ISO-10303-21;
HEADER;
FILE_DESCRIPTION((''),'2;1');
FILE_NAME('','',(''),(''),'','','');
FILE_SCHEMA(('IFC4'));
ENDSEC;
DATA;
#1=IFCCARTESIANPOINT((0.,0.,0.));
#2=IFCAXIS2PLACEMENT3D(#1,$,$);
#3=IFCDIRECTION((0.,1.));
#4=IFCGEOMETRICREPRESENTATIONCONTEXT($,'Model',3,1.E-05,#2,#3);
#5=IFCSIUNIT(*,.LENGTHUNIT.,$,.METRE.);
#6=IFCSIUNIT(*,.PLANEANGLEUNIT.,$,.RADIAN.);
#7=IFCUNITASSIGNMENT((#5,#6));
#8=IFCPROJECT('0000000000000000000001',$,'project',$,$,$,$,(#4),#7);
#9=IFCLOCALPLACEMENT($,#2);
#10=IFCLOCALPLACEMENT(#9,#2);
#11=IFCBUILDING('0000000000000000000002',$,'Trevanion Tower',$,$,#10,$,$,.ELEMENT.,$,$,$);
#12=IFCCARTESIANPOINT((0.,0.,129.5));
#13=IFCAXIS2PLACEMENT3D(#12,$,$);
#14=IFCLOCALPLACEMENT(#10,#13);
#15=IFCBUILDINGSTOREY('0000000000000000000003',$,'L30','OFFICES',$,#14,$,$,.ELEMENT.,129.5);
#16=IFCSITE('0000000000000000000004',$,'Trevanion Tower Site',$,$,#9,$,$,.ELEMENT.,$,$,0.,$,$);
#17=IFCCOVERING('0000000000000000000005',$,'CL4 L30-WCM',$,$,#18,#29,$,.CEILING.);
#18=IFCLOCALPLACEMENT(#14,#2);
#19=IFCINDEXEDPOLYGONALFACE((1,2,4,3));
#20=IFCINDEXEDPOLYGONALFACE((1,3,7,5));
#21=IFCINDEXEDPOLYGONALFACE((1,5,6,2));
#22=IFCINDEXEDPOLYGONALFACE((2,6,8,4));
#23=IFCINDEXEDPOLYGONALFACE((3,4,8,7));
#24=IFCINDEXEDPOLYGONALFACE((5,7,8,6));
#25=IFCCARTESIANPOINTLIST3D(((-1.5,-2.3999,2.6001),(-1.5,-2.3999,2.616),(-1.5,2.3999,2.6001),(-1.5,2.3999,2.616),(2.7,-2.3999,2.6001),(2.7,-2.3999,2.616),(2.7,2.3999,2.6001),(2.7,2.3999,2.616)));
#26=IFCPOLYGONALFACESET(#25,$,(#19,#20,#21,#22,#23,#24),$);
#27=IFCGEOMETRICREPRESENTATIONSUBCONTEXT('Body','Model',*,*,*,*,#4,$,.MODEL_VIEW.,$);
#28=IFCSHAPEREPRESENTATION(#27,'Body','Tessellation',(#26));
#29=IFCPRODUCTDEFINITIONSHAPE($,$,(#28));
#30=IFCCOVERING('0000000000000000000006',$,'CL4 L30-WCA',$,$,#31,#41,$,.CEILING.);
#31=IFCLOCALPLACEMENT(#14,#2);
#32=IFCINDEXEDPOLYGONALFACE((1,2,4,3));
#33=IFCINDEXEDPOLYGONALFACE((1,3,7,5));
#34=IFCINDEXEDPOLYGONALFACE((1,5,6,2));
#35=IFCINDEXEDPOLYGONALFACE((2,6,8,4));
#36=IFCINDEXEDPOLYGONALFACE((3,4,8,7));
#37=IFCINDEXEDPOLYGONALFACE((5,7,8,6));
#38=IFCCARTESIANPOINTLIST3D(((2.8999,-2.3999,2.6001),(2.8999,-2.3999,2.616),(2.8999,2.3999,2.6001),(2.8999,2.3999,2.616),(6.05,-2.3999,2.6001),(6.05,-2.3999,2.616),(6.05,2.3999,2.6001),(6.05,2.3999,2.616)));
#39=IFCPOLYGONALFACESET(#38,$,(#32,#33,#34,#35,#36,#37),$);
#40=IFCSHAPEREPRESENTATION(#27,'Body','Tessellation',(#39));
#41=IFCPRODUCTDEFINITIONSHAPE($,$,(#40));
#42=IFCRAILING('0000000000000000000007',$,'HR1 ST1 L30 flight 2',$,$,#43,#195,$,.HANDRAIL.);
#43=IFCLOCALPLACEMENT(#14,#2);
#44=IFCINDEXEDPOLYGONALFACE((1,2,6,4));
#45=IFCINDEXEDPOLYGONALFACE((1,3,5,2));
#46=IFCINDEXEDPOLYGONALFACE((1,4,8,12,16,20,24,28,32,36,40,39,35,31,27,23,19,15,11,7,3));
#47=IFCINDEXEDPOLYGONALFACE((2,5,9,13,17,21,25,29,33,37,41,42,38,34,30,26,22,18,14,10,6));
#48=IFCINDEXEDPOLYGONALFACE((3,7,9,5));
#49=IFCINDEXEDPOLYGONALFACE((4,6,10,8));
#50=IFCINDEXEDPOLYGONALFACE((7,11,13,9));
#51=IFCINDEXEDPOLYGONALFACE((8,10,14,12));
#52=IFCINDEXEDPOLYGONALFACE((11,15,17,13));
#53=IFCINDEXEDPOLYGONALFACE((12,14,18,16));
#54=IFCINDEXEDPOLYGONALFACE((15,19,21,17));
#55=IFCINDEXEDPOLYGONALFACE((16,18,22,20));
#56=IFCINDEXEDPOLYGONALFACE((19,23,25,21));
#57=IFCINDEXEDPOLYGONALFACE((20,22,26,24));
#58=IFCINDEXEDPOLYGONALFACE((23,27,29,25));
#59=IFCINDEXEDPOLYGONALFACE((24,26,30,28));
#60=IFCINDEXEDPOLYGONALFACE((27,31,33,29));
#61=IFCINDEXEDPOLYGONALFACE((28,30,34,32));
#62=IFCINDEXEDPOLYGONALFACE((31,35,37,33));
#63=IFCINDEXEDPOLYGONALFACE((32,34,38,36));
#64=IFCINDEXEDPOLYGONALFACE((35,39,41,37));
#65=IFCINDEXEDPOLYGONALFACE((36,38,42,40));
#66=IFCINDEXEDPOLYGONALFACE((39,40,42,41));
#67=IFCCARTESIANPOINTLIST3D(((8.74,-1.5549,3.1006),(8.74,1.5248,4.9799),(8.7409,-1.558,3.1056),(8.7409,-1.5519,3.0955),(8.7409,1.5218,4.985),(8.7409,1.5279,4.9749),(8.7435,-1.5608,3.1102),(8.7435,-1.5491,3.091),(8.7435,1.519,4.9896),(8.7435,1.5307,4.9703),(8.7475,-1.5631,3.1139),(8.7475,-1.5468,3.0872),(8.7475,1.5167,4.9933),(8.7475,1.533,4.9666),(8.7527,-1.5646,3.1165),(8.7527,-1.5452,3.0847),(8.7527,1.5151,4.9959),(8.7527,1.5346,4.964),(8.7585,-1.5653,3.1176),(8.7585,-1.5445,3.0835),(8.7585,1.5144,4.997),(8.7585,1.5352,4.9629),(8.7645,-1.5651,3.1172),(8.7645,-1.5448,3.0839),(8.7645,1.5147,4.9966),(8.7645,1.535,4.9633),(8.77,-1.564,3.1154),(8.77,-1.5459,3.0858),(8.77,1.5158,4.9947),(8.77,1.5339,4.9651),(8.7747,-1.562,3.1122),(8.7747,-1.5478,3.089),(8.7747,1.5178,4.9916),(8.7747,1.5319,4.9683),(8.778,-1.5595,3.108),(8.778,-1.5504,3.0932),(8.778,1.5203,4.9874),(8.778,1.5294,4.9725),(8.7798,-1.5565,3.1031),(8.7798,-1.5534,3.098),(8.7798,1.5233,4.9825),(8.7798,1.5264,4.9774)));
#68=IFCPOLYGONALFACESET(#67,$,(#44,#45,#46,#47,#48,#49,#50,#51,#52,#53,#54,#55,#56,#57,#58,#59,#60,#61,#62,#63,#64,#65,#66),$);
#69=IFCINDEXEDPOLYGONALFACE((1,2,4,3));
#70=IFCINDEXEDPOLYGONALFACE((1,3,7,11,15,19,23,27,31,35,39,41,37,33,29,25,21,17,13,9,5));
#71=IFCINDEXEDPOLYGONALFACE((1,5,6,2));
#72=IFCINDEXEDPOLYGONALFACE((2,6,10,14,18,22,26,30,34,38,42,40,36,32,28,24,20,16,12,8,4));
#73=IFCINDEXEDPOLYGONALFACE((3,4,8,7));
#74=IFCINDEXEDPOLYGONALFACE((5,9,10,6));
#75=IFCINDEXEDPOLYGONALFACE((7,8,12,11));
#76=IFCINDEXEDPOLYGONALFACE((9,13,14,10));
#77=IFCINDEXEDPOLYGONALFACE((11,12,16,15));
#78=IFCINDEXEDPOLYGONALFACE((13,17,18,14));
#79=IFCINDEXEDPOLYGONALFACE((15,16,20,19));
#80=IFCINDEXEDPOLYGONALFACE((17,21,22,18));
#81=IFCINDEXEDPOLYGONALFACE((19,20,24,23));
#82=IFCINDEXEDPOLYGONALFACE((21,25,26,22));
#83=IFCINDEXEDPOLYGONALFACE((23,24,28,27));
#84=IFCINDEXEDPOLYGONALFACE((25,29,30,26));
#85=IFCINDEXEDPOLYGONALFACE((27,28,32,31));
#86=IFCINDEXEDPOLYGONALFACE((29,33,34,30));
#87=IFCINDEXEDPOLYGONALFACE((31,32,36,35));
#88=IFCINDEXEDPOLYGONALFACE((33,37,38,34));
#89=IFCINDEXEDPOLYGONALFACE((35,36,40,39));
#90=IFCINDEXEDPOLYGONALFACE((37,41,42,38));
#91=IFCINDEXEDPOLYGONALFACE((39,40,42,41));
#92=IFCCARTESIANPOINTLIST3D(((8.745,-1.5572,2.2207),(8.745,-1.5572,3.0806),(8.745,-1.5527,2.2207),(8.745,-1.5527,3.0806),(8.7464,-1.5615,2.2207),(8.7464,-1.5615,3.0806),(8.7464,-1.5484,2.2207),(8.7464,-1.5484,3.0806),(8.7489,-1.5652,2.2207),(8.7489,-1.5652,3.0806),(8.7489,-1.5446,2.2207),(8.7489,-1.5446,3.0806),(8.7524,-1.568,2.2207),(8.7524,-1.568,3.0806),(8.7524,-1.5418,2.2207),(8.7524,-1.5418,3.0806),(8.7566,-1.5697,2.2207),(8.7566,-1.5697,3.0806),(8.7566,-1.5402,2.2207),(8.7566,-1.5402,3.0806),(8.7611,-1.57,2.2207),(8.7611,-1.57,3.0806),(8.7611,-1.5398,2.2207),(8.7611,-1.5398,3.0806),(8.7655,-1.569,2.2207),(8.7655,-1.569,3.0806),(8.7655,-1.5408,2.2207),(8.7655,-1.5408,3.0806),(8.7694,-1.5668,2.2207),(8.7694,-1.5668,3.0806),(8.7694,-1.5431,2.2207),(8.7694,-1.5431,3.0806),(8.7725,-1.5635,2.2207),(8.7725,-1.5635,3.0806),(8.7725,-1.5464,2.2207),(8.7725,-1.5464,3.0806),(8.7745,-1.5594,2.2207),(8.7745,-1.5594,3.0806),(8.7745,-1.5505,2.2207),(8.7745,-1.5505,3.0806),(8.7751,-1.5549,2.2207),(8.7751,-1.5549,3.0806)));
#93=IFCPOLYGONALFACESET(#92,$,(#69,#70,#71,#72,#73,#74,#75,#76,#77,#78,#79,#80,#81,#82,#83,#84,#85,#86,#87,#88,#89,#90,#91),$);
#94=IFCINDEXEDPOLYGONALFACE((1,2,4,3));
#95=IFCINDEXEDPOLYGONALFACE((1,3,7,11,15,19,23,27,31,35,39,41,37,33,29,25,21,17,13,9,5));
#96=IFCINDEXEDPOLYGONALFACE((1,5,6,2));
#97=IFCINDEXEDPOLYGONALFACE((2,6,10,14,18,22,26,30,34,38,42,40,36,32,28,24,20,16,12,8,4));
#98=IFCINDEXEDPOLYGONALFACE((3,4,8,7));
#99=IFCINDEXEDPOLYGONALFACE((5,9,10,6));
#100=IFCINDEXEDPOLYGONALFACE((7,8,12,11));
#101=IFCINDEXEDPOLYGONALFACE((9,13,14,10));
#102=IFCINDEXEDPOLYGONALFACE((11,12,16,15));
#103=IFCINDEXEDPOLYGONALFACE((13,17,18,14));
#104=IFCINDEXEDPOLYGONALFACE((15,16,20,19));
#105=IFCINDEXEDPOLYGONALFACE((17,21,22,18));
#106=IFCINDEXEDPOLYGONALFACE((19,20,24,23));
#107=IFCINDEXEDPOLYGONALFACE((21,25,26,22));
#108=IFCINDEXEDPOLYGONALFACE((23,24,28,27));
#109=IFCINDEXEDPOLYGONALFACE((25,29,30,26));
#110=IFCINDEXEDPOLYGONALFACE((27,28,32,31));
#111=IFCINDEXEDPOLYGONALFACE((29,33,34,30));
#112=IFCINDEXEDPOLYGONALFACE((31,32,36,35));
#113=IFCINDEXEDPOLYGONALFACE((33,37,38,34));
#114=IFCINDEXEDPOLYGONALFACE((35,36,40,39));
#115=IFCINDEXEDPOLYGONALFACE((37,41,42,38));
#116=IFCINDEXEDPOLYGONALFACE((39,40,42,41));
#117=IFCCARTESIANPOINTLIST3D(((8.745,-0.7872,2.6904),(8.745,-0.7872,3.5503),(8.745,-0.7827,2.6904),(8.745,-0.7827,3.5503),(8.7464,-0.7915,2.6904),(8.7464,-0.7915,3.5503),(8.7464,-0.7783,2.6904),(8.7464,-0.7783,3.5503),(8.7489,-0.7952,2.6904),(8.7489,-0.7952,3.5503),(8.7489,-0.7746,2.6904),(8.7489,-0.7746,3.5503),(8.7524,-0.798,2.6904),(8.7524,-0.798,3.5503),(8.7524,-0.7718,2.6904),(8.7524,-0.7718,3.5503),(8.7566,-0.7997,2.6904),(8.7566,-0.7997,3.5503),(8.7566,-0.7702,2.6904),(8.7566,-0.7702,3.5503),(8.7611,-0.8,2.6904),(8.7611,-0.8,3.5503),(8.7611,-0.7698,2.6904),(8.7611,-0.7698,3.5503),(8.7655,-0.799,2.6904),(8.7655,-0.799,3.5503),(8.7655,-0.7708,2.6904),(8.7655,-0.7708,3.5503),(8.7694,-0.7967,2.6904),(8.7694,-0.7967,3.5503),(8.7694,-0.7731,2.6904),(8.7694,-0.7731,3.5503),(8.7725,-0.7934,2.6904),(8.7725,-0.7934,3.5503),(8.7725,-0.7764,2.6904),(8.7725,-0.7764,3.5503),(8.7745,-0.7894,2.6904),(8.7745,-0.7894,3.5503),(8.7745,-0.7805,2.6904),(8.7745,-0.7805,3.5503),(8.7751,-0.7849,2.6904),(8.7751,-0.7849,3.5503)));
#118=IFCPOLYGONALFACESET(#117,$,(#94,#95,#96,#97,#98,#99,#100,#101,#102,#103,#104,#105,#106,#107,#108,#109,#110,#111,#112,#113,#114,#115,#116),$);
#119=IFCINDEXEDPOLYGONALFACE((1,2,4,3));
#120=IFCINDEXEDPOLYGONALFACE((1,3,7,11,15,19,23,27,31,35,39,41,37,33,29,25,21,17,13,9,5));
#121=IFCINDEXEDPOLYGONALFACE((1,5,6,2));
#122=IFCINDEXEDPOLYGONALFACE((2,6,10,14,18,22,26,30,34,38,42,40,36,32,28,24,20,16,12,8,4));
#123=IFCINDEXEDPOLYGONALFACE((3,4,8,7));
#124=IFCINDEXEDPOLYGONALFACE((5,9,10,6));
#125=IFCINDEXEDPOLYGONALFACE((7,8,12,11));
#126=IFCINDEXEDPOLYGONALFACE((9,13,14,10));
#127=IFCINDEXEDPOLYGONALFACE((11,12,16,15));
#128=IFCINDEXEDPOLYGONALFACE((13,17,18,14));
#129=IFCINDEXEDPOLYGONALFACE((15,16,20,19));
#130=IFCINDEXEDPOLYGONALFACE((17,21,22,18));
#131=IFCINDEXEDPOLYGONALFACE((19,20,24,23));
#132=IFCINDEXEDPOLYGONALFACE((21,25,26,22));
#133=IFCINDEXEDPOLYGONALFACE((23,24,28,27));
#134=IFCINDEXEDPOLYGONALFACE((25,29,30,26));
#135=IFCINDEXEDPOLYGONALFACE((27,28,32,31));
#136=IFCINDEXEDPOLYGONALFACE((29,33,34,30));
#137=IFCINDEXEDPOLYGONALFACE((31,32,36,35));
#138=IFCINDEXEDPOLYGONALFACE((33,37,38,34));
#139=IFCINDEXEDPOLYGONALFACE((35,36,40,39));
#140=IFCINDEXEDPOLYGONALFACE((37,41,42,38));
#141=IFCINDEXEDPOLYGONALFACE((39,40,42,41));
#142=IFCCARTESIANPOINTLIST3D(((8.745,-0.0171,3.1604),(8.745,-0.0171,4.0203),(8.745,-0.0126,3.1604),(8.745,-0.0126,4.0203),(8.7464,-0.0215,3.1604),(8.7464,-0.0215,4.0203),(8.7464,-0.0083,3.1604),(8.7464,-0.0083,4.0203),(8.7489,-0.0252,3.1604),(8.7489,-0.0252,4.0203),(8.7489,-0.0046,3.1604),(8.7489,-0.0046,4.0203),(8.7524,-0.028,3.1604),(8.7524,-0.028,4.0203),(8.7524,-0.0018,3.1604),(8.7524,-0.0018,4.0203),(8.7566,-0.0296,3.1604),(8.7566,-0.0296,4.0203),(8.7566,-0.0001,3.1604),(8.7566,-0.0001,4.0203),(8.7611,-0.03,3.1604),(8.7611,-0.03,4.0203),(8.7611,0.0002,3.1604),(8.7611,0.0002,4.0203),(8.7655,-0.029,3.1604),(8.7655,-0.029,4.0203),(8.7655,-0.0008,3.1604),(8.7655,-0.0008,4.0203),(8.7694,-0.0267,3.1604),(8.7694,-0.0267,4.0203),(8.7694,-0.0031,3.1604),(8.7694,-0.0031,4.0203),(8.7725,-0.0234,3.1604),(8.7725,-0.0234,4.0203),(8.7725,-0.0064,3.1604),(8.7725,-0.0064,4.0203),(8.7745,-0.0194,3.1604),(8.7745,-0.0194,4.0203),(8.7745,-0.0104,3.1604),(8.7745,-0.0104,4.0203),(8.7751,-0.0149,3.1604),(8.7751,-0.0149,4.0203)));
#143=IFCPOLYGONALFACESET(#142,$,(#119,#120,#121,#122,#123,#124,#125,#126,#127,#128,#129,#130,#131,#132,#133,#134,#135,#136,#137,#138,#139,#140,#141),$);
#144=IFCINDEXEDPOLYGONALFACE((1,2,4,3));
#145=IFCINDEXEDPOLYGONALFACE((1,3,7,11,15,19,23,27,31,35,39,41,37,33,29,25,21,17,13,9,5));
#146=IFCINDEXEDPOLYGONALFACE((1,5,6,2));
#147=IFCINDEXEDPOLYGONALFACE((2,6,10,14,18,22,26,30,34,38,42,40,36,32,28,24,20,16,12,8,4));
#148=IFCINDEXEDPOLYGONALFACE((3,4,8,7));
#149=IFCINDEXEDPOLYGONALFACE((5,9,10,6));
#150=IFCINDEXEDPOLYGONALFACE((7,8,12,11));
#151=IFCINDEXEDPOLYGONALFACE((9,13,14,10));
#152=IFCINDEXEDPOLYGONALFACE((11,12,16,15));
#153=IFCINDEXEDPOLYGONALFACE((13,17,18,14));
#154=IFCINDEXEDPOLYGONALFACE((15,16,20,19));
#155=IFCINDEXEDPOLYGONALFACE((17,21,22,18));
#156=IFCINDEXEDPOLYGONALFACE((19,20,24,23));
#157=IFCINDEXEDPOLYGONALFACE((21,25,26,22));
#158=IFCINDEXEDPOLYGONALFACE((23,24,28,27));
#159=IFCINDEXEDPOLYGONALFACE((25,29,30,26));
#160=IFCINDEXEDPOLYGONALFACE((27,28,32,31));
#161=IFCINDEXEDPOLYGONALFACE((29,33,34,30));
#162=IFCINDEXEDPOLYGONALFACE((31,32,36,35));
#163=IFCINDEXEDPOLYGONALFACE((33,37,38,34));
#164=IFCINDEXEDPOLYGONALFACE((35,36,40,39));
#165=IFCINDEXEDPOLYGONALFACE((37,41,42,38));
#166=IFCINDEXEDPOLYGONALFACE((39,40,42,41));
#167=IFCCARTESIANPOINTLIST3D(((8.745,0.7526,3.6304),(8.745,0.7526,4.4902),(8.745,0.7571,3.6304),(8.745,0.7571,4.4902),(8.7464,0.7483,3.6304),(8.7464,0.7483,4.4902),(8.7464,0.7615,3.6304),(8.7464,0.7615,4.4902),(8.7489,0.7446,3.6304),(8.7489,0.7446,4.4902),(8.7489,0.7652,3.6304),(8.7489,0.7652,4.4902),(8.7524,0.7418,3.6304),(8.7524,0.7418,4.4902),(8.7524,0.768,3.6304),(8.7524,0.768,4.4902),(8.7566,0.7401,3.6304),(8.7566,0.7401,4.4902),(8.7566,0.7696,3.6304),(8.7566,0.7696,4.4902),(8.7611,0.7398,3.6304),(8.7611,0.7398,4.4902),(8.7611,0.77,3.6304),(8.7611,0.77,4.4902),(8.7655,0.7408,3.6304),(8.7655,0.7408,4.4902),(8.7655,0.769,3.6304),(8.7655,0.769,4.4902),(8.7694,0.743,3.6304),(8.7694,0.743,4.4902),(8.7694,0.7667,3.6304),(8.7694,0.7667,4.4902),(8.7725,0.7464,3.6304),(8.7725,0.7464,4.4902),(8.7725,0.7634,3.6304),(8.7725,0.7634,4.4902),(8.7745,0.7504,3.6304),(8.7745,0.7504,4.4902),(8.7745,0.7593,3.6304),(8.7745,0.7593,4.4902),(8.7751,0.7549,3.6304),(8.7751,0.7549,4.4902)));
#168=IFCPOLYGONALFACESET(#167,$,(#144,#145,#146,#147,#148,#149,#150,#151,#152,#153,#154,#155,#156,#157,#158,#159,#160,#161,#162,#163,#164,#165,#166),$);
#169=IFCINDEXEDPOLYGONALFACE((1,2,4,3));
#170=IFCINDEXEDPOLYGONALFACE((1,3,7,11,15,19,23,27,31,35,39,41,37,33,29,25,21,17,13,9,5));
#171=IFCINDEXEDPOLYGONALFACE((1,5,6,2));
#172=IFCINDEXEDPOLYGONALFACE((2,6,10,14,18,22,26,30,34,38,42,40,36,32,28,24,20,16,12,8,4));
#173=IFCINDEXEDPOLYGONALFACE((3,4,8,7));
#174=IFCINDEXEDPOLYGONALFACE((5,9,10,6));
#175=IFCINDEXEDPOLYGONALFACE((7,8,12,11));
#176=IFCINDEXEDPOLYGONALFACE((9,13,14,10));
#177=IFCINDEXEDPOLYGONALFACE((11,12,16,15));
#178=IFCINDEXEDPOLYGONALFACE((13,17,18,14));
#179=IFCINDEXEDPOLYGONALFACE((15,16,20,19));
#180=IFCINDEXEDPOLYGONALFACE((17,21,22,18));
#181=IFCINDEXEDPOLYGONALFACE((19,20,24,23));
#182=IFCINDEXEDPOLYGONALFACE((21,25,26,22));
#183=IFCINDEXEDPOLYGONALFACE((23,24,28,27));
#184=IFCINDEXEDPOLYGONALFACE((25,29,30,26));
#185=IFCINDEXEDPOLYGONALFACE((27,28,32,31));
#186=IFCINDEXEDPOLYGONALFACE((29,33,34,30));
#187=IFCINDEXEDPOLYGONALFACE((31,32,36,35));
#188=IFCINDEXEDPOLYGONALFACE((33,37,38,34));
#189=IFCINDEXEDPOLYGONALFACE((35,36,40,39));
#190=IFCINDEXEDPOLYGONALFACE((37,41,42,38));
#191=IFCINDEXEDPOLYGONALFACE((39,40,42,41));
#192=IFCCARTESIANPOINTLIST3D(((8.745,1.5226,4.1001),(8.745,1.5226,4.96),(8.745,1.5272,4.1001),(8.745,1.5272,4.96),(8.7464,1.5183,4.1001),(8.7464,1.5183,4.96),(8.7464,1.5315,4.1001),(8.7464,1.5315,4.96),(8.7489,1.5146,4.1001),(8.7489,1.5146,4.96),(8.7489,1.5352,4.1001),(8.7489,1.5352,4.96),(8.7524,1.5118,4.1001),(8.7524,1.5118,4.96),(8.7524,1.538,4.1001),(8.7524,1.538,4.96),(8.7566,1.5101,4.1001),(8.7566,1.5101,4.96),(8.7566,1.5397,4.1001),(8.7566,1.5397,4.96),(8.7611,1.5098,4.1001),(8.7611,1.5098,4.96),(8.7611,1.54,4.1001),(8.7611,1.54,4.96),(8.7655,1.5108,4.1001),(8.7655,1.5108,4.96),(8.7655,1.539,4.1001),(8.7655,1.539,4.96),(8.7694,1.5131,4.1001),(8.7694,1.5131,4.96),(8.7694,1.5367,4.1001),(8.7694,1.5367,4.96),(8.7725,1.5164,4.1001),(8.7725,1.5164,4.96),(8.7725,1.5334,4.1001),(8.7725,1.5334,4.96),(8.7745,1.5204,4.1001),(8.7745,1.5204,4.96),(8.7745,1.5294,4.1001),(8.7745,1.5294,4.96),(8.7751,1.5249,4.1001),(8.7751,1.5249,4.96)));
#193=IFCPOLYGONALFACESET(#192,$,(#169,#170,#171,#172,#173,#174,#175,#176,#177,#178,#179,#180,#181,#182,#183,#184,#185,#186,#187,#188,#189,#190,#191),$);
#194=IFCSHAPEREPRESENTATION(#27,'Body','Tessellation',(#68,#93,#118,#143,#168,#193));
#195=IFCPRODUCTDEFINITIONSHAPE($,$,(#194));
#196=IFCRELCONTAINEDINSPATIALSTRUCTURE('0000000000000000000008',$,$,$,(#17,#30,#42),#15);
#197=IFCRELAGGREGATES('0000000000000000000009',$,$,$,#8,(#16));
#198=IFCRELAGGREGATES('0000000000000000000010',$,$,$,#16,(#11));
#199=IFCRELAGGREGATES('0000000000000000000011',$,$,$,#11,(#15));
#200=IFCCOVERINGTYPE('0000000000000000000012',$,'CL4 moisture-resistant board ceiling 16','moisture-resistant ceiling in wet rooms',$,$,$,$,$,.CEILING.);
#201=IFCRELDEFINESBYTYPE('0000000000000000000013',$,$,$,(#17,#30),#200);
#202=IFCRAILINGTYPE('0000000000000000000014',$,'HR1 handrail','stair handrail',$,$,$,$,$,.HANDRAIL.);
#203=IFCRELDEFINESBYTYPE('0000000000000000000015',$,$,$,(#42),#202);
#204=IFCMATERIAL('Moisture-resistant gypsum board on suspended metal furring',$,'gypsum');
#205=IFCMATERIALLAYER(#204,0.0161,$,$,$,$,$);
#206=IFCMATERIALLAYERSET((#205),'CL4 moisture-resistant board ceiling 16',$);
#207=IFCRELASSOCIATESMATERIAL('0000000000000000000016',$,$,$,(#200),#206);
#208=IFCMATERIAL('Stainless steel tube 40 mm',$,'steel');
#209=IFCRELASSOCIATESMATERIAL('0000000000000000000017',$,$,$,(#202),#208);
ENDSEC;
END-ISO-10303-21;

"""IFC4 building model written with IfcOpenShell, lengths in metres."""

from ifc_helpers import new_model, si_unit, direction, frame, origin, origin_2d, place, context, subcontext, project, spatial, polyline, circle, outline, extrude, material, layer, layer_set, type_object, element, save


model = new_model("IFC4")

# Units and contexts
model_context = context("Model", 3, precision=1e-05, world=origin(), true_north=direction((0.0, 1.0)))
body_context = subcontext(model_context, "Body", "Model", "MODEL_VIEW")
ifc_project = project(units=[si_unit("LENGTHUNIT", "METRE"), si_unit("PLANEANGLEUNIT", "RADIAN")], contexts=[model_context])

# Site, building, storey
site_placement = place(None, origin())
site = spatial("IfcSite", under=ifc_project, at=site_placement, Name="Trevanion Tower Site", CompositionType="ELEMENT", RefElevation=0.0)
building_placement = place(site_placement, origin())
building = spatial("IfcBuilding", under=site, at=building_placement, Name="Trevanion Tower", CompositionType="ELEMENT")
storey_placement = place(building_placement, frame((0.0, 0.0, 129.5)))
storey = spatial("IfcBuildingStorey", under=building, at=storey_placement, Name="L30", Description="OFFICES", CompositionType="ELEMENT", Elevation=129.5)

# Coverings
ifc_material_1 = material(Name="Moisture-resistant gypsum board on suspended metal furring", Category="gypsum")
ifc_layer_1 = layer(ifc_material_1, 0.0161)
ifc_layer_set_1 = layer_set([ifc_layer_1], Name="CL4 moisture-resistant board ceiling 16")
covering_type_1 = type_object("IfcCoveringType", Name="CL4 moisture-resistant board ceiling 16", Description="moisture-resistant ceiling in wet rooms", PredefinedType="CEILING", material=ifc_layer_set_1)
covering_1_placement = place(storey_placement, frame((0.0, 0.0, 2.6001)))
element("IfcCovering", 1, at=covering_1_placement, inside=storey, type_object=covering_type_1, Name="CL4 L30-WCM", PredefinedType="CEILING", context=body_context, shape_type="SweptSolid", body=[
    extrude(outline(polyline([(2.7, -2.3999), (2.7, 2.3999), (-1.5, 2.3999), (-1.5, -2.3999), (2.7, -2.3999)])), origin(), (0.0, 0.0, 1.0), 0.0159),
])
covering_2_placement = place(storey_placement, frame((0.0, 0.0, 2.6001)))
element("IfcCovering", 2, at=covering_2_placement, inside=storey, type_object=covering_type_1, Name="CL4 L30-WCA", PredefinedType="CEILING", context=body_context, shape_type="SweptSolid", body=[
    extrude(outline(polyline([(6.05, -2.3999), (6.05, 2.3999), (2.8999, 2.3999), (2.8999, -2.3999), (6.05, -2.3999)])), origin(), (0.0, 0.0, 1.0), 0.0159),
])

# Railing
ifc_material_2 = material(Name="Stainless steel tube 40 mm", Category="steel")
railing_type = type_object("IfcRailingType", Name="HR1 handrail", Description="stair handrail", PredefinedType="HANDRAIL", material=ifc_material_2)
for number, where, name in (
    (3, (8.76, -1.5549, 2.2207), "HR1 ST1 L30 flight 2"),
):
    element("IfcRailing", number, at=place(storey_placement, frame(where)), inside=storey, type_object=railing_type, Name=name, PredefinedType="HANDRAIL", context=body_context, shape_type="SweptSolid", body=[
        extrude(circle(Radius=0.02, at=origin_2d()), frame((0.0, 0.0, 0.8799), z_axis=(0.0, 0.853618, 0.5209), x_axis=(-1.0, 0.0, 0.0)), (0.0, 0.0, 1.0), 3.6079),
        extrude(circle(Radius=0.0151, at=origin_2d()), origin(), (0.0, 0.0, 1.0), 0.8599),
        extrude(circle(Radius=0.0151, at=origin_2d()), frame((0.0, 0.77, 0.4697)), (0.0, 0.0, 1.0), 0.8599),
        extrude(circle(Radius=0.0151, at=origin_2d()), frame((0.0, 1.54, 0.9397)), (0.0, 0.0, 1.0), 0.8599),
        extrude(circle(Radius=0.0151, at=origin_2d()), frame((0.0, 2.3098, 1.4097)), (0.0, 0.0, 1.0), 0.8599),
        extrude(circle(Radius=0.0151, at=origin_2d()), frame((0.0, 3.0798, 1.8794)), (0.0, 0.0, 1.0), 0.8599),
    ])

save(model, "model.ifc")
